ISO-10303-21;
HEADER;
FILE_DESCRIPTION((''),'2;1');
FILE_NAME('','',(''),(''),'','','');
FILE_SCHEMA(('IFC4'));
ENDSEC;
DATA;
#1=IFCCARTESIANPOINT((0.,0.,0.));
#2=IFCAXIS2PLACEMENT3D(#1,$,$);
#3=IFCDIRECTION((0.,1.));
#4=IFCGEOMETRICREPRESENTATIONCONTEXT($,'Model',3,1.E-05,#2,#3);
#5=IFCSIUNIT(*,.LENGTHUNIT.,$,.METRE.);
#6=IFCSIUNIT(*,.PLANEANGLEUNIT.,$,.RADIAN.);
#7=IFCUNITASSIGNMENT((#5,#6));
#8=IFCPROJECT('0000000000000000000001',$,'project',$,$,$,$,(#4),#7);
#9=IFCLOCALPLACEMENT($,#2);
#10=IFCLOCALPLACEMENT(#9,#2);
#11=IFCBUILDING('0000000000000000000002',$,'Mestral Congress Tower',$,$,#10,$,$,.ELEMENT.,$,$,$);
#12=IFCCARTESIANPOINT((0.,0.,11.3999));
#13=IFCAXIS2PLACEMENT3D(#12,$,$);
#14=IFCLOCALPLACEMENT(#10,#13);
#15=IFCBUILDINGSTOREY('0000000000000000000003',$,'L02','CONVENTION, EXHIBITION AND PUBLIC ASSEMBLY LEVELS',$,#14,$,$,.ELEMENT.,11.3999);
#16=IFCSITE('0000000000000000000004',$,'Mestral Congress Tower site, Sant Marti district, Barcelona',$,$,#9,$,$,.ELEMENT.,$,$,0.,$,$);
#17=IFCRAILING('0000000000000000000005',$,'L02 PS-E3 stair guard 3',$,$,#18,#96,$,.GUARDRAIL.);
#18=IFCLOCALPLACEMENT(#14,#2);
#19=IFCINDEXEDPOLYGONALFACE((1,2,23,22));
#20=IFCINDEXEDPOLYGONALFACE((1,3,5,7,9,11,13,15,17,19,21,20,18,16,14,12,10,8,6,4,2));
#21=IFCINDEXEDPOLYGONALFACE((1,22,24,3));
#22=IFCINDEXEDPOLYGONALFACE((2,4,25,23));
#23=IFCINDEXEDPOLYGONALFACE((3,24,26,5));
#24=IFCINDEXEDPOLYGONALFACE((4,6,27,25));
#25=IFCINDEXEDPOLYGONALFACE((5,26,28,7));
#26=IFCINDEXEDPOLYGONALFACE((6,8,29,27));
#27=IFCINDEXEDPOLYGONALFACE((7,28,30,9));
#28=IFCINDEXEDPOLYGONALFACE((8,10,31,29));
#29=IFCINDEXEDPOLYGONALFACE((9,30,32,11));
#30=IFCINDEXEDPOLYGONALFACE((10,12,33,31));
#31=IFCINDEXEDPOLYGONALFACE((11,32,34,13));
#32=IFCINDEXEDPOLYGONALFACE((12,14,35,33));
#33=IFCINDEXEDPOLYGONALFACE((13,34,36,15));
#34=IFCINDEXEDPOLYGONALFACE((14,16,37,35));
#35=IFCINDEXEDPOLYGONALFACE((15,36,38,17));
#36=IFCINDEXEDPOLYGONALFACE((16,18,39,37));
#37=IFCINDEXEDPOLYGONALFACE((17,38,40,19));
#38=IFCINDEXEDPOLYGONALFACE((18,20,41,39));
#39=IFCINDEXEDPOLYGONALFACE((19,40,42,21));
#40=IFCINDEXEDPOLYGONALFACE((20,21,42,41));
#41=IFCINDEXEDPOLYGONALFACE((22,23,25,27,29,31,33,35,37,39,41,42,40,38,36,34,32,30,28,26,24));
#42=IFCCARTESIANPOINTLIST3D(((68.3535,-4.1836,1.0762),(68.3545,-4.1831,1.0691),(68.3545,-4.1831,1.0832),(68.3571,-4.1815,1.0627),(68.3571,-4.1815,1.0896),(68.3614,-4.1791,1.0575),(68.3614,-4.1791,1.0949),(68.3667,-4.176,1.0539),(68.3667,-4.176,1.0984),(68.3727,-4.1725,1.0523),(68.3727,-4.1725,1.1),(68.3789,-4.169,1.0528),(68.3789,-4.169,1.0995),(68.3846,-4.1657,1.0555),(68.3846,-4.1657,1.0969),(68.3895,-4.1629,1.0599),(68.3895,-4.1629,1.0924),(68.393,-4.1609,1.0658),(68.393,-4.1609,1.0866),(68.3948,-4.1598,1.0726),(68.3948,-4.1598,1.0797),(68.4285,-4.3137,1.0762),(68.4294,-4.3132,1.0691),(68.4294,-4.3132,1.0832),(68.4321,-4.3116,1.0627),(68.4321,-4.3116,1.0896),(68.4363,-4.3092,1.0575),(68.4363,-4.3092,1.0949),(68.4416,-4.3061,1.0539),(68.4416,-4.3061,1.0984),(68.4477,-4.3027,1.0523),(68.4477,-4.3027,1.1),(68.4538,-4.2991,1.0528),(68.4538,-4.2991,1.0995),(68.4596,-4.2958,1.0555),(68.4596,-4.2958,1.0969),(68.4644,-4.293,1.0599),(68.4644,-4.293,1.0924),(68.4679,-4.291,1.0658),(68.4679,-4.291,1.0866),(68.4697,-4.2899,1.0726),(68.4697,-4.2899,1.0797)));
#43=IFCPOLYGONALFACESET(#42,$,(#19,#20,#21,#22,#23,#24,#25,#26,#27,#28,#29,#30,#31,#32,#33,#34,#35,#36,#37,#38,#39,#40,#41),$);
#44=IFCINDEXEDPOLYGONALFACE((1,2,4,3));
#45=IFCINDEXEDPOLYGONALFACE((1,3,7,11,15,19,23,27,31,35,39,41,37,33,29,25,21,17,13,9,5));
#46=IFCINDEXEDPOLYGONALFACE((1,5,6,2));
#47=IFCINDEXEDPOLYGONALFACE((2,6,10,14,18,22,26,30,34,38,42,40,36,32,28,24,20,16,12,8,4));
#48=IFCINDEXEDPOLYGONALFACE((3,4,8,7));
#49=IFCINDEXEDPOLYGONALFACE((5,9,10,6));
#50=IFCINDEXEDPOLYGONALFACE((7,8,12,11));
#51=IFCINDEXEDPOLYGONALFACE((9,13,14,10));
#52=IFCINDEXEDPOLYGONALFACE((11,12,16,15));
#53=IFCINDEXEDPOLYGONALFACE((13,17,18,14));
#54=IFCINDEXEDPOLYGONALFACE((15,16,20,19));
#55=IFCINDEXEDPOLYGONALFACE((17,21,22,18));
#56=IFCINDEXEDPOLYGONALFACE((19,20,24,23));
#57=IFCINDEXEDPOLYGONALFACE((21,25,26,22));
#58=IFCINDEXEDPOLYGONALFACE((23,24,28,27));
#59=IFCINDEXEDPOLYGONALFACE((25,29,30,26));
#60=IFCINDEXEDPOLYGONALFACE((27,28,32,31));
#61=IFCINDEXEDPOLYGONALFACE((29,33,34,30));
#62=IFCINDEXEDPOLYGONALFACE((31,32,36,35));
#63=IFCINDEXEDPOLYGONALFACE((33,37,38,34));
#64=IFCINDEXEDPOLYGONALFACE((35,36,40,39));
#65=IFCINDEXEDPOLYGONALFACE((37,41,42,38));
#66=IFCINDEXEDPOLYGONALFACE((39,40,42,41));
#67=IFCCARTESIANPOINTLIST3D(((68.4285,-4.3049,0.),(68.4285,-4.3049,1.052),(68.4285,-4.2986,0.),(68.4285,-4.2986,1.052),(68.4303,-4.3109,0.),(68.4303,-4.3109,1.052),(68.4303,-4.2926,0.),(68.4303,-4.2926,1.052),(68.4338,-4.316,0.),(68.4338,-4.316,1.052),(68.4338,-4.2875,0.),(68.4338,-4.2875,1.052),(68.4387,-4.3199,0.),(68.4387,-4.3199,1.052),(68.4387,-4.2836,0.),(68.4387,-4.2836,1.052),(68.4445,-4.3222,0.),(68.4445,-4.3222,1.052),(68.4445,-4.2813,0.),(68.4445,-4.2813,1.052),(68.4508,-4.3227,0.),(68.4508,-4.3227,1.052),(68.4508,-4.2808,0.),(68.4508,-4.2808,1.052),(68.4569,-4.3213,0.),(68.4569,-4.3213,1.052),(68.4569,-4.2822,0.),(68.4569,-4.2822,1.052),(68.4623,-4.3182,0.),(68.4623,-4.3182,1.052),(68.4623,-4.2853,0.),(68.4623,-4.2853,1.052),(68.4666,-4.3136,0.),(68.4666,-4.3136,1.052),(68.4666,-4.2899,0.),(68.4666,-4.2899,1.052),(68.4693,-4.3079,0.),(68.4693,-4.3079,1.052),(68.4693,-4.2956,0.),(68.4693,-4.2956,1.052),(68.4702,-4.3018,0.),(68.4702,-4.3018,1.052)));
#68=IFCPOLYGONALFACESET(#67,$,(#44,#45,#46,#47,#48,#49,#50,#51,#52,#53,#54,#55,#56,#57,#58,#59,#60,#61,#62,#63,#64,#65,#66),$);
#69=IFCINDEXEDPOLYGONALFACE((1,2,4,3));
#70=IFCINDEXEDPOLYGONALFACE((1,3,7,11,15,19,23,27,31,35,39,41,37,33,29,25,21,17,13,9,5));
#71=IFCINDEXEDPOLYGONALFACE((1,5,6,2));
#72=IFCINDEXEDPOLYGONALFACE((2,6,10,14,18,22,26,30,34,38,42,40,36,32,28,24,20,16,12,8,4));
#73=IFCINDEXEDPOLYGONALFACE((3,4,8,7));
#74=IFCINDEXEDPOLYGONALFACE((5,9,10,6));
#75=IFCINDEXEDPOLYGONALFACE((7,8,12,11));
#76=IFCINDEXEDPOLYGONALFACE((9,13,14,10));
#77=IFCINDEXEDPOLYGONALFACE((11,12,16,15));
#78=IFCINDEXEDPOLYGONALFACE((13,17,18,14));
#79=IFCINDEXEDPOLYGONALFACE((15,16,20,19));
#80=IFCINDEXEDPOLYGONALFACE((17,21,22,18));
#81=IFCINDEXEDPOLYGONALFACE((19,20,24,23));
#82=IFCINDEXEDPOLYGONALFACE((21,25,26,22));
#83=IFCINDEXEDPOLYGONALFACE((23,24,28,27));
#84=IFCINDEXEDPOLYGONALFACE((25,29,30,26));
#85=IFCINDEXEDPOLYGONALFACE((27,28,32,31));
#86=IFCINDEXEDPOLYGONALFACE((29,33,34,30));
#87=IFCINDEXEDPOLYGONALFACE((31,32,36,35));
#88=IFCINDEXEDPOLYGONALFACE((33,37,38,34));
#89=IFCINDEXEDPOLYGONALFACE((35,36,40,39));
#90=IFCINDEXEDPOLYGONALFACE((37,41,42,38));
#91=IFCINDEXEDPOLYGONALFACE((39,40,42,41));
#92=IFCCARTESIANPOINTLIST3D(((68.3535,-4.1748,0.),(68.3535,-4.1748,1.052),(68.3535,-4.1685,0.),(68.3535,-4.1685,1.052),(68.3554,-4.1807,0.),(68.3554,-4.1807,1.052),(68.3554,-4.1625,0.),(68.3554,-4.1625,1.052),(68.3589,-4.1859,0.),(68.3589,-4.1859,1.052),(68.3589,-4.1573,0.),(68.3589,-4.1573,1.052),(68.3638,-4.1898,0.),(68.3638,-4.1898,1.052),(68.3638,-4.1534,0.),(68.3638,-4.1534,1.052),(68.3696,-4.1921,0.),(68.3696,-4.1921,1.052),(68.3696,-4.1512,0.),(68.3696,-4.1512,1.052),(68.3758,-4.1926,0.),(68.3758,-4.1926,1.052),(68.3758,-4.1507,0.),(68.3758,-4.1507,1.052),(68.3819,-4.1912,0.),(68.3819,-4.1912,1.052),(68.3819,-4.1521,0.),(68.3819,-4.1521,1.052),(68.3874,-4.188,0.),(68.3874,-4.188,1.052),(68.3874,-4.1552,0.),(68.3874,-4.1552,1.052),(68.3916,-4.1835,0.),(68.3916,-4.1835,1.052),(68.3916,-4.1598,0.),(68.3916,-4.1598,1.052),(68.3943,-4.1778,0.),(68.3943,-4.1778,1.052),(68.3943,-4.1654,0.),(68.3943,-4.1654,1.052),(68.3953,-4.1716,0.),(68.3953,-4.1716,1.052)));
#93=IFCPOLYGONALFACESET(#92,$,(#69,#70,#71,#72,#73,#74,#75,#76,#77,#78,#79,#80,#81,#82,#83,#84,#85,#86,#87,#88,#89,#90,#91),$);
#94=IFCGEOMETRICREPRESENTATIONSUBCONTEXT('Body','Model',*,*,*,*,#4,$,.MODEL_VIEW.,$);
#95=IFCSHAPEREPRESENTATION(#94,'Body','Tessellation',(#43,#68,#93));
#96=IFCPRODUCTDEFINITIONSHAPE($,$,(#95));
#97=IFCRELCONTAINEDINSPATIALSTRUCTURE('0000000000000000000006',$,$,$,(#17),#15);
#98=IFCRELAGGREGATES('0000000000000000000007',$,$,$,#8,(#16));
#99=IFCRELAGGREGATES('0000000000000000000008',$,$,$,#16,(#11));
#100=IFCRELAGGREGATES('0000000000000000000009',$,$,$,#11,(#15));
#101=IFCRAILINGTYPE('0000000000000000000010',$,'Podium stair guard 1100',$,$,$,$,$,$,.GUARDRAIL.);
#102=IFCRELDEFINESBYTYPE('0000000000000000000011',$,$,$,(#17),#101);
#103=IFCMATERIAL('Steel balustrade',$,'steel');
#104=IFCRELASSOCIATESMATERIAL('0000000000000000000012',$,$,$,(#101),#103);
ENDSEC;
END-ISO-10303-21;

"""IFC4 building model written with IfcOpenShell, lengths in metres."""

from ifc_helpers import new_model, si_unit, direction, frame, origin, origin_2d, place, context, subcontext, project, spatial, circle, extrude, material, type_object, element, save


model = new_model("IFC4")

# Units and contexts
model_context = context("Model", 3, precision=1e-05, world=origin(), true_north=direction((0.0, 1.0)))
body_context = subcontext(model_context, "Body", "Model", "MODEL_VIEW")
ifc_project = project(units=[si_unit("LENGTHUNIT", "METRE"), si_unit("PLANEANGLEUNIT", "RADIAN")], contexts=[model_context])

# Site, building, storey
site_placement = place(None, origin())
site = spatial("IfcSite", under=ifc_project, at=site_placement, Name="Mestral Congress Tower site, Sant Marti district, Barcelona", CompositionType="ELEMENT", RefElevation=0.0)
building_placement = place(site_placement, origin())
building = spatial("IfcBuilding", under=site, at=building_placement, Name="Mestral Congress Tower", CompositionType="ELEMENT")
storey_placement = place(building_placement, frame((0.0, 0.0, 11.3999)))
storey = spatial("IfcBuildingStorey", under=building, at=storey_placement, Name="L02", Description="CONVENTION, EXHIBITION AND PUBLIC ASSEMBLY LEVELS", CompositionType="ELEMENT", Elevation=11.3999)

# Railing
ifc_material_1 = material(Name="Steel balustrade", Category="steel")
railing_type_1 = type_object("IfcRailingType", Name="Podium stair guard 1100", PredefinedType="GUARDRAIL", material=ifc_material_1)
railing_1_placement = place(storey_placement, frame((68.4492, -4.3018, 0.0)))
element("IfcRailing", 1, at=railing_1_placement, inside=storey, type_object=railing_type_1, Name="L02 PS-E3 stair guard 3", PredefinedType="GUARDRAIL", context=body_context, shape_type="SweptSolid", body=[
    extrude(circle(Radius=0.0239, at=origin_2d()), frame((0.0, 0.0, 1.0762), z_axis=(-0.499112, 0.866537, 0.0), x_axis=(-0.866537, -0.499112, 0.0)), (0.0, 0.0, 1.0), 0.1501),
    extrude(circle(Radius=0.021, at=origin_2d()), origin(), (0.0, 0.0, 1.0), 1.052),
    extrude(circle(Radius=0.021, at=origin_2d()), frame((-0.075, 0.1301, 0.0)), (0.0, 0.0, 1.0), 1.052),
])

save(model, "model.ifc")
